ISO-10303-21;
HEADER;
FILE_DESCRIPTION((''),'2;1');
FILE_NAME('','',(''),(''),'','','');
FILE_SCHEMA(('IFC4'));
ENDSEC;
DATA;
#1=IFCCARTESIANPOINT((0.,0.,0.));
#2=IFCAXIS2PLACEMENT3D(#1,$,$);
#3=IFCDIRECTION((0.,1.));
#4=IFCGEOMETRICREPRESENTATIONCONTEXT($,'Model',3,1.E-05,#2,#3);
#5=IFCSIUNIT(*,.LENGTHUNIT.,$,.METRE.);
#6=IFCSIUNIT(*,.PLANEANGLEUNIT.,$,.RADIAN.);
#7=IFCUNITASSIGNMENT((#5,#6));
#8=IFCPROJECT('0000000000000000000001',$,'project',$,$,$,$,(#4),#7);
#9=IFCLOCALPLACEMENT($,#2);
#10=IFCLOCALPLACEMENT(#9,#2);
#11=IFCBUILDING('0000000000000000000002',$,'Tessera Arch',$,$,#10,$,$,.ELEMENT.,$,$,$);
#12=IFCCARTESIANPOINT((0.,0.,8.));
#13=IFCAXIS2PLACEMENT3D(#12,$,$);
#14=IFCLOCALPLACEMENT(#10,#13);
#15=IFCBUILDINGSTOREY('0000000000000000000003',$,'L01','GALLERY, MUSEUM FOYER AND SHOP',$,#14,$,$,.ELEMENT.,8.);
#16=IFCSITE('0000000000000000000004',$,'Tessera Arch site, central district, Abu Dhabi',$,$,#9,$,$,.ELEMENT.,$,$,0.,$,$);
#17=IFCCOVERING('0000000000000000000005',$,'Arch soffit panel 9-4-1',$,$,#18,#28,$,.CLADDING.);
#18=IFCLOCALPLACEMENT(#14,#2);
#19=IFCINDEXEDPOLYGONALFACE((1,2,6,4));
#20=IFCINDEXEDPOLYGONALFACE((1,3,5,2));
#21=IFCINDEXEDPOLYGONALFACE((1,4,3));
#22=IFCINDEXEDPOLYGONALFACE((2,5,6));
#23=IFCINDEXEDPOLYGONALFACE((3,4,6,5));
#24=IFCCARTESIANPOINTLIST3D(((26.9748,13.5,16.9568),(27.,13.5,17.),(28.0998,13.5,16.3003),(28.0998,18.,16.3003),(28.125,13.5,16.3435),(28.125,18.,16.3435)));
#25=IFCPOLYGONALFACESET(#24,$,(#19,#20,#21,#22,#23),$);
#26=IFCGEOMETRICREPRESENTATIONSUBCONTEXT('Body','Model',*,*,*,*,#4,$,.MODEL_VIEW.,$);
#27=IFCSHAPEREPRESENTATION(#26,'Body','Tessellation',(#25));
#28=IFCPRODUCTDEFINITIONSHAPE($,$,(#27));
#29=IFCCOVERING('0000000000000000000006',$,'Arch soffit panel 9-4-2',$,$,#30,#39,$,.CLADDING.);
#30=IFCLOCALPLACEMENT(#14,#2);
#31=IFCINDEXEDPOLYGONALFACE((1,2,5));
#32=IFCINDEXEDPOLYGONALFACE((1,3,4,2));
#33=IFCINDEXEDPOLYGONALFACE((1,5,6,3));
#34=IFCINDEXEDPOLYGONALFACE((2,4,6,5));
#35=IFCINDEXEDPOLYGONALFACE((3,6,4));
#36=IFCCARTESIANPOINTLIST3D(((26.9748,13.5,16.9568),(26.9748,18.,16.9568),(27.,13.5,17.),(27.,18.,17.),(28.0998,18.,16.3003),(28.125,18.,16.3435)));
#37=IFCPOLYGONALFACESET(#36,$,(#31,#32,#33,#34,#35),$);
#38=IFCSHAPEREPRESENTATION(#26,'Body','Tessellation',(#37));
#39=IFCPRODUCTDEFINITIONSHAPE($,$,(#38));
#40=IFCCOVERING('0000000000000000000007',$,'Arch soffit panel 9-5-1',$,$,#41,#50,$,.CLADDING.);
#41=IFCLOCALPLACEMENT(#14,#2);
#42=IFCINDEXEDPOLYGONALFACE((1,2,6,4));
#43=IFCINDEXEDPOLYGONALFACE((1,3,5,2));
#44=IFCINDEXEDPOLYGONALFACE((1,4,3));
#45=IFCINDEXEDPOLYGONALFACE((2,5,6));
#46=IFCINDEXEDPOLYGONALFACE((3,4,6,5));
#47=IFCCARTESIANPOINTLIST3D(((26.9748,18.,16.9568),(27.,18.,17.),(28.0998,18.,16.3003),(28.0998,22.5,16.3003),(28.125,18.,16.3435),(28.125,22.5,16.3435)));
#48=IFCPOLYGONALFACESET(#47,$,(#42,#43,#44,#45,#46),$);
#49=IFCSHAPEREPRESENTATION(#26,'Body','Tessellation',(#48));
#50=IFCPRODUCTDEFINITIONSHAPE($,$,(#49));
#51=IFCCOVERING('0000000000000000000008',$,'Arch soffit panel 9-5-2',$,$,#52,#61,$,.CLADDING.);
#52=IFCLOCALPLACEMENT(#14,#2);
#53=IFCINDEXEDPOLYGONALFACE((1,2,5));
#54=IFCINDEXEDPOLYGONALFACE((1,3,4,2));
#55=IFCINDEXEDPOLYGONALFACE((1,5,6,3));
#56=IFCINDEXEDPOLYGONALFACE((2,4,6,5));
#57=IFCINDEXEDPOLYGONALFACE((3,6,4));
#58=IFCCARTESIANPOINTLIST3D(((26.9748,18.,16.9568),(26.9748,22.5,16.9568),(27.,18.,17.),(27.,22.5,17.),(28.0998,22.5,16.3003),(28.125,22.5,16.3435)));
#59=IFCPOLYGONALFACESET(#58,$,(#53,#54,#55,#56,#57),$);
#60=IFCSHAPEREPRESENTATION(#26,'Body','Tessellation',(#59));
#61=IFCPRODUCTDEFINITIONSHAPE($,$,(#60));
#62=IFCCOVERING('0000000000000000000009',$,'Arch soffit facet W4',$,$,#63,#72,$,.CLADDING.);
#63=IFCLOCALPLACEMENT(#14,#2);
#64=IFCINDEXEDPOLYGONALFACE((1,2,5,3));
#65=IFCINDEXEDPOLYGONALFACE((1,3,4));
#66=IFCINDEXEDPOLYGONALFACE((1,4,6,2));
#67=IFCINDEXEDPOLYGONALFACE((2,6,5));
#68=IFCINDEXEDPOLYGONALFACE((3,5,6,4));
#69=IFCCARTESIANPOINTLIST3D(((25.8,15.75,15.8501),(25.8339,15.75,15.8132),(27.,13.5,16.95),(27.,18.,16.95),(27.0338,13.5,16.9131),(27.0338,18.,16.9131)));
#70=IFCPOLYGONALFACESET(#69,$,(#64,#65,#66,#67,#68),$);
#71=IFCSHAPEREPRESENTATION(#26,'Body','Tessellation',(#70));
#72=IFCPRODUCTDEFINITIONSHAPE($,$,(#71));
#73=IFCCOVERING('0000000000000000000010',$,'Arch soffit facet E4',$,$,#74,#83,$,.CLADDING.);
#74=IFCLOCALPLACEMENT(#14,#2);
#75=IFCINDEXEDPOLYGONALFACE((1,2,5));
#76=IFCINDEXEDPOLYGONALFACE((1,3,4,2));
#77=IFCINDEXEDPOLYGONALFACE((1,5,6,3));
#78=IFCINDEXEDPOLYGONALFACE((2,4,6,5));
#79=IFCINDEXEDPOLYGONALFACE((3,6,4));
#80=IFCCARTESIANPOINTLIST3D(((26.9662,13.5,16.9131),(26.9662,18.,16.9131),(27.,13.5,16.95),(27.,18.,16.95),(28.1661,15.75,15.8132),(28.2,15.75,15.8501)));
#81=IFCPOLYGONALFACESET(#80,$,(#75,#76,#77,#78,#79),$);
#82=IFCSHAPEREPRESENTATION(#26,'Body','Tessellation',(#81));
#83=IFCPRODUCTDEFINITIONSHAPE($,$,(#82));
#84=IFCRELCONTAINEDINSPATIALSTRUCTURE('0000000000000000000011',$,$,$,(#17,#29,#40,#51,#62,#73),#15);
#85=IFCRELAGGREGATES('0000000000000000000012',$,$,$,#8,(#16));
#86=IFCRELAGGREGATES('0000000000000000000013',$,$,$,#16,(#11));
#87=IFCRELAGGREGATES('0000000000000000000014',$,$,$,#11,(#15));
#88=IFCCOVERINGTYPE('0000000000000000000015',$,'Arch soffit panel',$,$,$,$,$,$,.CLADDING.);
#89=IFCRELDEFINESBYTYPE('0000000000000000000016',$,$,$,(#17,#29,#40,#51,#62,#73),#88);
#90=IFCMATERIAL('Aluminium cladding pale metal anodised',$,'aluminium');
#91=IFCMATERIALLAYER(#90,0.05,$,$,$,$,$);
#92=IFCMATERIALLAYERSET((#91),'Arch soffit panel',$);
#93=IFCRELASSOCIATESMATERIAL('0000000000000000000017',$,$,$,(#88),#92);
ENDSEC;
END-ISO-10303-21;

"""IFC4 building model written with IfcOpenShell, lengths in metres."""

from ifc_helpers import new_model, si_unit, direction, frame, origin, place, context, subcontext, project, spatial, polyline, outline, extrude, material, layer, layer_set, type_object, element, save


model = new_model("IFC4")

# Units and contexts
model_context = context("Model", 3, precision=1e-05, world=origin(), true_north=direction((0.0, 1.0)))
body_context = subcontext(model_context, "Body", "Model", "MODEL_VIEW")
ifc_project = project(units=[si_unit("LENGTHUNIT", "METRE"), si_unit("PLANEANGLEUNIT", "RADIAN")], contexts=[model_context])

# Site, building, storey
site_placement = place(None, origin())
site = spatial("IfcSite", under=ifc_project, at=site_placement, Name="Tessera Arch site, central district, Abu Dhabi", CompositionType="ELEMENT", RefElevation=0.0)
building_placement = place(site_placement, origin())
building = spatial("IfcBuilding", under=site, at=building_placement, Name="Tessera Arch", CompositionType="ELEMENT")
storey_placement = place(building_placement, frame((0.0, 0.0, 8.0)))
storey = spatial("IfcBuildingStorey", under=building, at=storey_placement, Name="L01", Description="GALLERY, MUSEUM FOYER AND SHOP", CompositionType="ELEMENT", Elevation=8.0)

# Coverings
ifc_material = material(Name="Aluminium cladding pale metal anodised", Category="aluminium")
ifc_layer = layer(ifc_material, 0.05)
ifc_layer_set = layer_set([ifc_layer], Name="Arch soffit panel")
covering_type = type_object("IfcCoveringType", Name="Arch soffit panel", PredefinedType="CLADDING", material=ifc_layer_set)
covering_1_placement = place(storey_placement, frame((27.0, 13.5, 17.0), z_axis=(0.504011, 0.0, 0.863697), x_axis=(0.863697, 0.0, -0.504011)))
element("IfcCovering", 1, at=covering_1_placement, inside=storey, type_object=covering_type, Name="Arch soffit panel 9-4-1", PredefinedType="CLADDING", context=body_context, shape_type="SweptSolid", body=[
    extrude(outline(polyline([(0.0, 0.0), (1.3025, 0.0), (1.3025, 4.5), (0.0, 0.0)])), origin(), (0.0, 0.0, -1.0), 0.05),
])
covering_2_placement = place(storey_placement, frame((27.0, 13.5, 17.0), z_axis=(0.504011, 0.0, 0.863697), x_axis=(0.240142, 0.96057, -0.140135)))
element("IfcCovering", 2, at=covering_2_placement, inside=storey, type_object=covering_type, Name="Arch soffit panel 9-4-2", PredefinedType="CLADDING", context=body_context, shape_type="SweptSolid", body=[
    extrude(outline(polyline([(0.0, 0.0), (4.6847, 0.0), (4.3226, 1.2512), (0.0, 0.0)])), origin(), (0.0, 0.0, -1.0), 0.05),
])
covering_3_placement = place(storey_placement, frame((27.0, 18.0, 17.0), z_axis=(0.504011, 0.0, 0.863697), x_axis=(0.863697, 0.0, -0.504011)))
element("IfcCovering", 3, at=covering_3_placement, inside=storey, type_object=covering_type, Name="Arch soffit panel 9-5-1", PredefinedType="CLADDING", context=body_context, shape_type="SweptSolid", body=[
    extrude(outline(polyline([(0.0, 0.0), (1.3025, 0.0), (1.3025, 4.5), (0.0, 0.0)])), origin(), (0.0, 0.0, -1.0), 0.05),
])
covering_4_placement = place(storey_placement, frame((27.0, 18.0, 17.0), z_axis=(0.504011, 0.0, 0.863697), x_axis=(0.240142, 0.96057, -0.140135)))
element("IfcCovering", 4, at=covering_4_placement, inside=storey, type_object=covering_type, Name="Arch soffit panel 9-5-2", PredefinedType="CLADDING", context=body_context, shape_type="SweptSolid", body=[
    extrude(outline(polyline([(0.0, 0.0), (4.6847, 0.0), (4.3226, 1.2512), (0.0, 0.0)])), origin(), (0.0, 0.0, -1.0), 0.05),
])
covering_5_placement = place(storey_placement, frame((27.0, 13.5, 16.95), z_axis=(-0.675691, 0.0, 0.737185), x_axis=(0.0, 1.0, 0.0)))
element("IfcCovering", 5, at=covering_5_placement, inside=storey, type_object=covering_type, Name="Arch soffit facet W4", PredefinedType="CLADDING", context=body_context, shape_type="SweptSolid", body=[
    extrude(outline(polyline([(0.0, 0.0), (4.5, 0.0), (2.25, 1.6277), (0.0, 0.0)])), origin(), (0.0, 0.0, -1.0), 0.05),
])
covering_6_placement = place(storey_placement, frame((27.0, 13.5, 16.95), z_axis=(0.675691, 0.0, 0.737185), x_axis=(0.0, 1.0, 0.0)))
element("IfcCovering", 6, at=covering_6_placement, inside=storey, type_object=covering_type, Name="Arch soffit facet E4", PredefinedType="CLADDING", context=body_context, shape_type="SweptSolid", body=[
    extrude(outline(polyline([(0.0, 0.0), (4.5, 0.0), (2.25, -1.6277), (0.0, 0.0)])), origin(), (0.0, 0.0, -1.0), 0.05),
])

save(model, "model.ifc")
